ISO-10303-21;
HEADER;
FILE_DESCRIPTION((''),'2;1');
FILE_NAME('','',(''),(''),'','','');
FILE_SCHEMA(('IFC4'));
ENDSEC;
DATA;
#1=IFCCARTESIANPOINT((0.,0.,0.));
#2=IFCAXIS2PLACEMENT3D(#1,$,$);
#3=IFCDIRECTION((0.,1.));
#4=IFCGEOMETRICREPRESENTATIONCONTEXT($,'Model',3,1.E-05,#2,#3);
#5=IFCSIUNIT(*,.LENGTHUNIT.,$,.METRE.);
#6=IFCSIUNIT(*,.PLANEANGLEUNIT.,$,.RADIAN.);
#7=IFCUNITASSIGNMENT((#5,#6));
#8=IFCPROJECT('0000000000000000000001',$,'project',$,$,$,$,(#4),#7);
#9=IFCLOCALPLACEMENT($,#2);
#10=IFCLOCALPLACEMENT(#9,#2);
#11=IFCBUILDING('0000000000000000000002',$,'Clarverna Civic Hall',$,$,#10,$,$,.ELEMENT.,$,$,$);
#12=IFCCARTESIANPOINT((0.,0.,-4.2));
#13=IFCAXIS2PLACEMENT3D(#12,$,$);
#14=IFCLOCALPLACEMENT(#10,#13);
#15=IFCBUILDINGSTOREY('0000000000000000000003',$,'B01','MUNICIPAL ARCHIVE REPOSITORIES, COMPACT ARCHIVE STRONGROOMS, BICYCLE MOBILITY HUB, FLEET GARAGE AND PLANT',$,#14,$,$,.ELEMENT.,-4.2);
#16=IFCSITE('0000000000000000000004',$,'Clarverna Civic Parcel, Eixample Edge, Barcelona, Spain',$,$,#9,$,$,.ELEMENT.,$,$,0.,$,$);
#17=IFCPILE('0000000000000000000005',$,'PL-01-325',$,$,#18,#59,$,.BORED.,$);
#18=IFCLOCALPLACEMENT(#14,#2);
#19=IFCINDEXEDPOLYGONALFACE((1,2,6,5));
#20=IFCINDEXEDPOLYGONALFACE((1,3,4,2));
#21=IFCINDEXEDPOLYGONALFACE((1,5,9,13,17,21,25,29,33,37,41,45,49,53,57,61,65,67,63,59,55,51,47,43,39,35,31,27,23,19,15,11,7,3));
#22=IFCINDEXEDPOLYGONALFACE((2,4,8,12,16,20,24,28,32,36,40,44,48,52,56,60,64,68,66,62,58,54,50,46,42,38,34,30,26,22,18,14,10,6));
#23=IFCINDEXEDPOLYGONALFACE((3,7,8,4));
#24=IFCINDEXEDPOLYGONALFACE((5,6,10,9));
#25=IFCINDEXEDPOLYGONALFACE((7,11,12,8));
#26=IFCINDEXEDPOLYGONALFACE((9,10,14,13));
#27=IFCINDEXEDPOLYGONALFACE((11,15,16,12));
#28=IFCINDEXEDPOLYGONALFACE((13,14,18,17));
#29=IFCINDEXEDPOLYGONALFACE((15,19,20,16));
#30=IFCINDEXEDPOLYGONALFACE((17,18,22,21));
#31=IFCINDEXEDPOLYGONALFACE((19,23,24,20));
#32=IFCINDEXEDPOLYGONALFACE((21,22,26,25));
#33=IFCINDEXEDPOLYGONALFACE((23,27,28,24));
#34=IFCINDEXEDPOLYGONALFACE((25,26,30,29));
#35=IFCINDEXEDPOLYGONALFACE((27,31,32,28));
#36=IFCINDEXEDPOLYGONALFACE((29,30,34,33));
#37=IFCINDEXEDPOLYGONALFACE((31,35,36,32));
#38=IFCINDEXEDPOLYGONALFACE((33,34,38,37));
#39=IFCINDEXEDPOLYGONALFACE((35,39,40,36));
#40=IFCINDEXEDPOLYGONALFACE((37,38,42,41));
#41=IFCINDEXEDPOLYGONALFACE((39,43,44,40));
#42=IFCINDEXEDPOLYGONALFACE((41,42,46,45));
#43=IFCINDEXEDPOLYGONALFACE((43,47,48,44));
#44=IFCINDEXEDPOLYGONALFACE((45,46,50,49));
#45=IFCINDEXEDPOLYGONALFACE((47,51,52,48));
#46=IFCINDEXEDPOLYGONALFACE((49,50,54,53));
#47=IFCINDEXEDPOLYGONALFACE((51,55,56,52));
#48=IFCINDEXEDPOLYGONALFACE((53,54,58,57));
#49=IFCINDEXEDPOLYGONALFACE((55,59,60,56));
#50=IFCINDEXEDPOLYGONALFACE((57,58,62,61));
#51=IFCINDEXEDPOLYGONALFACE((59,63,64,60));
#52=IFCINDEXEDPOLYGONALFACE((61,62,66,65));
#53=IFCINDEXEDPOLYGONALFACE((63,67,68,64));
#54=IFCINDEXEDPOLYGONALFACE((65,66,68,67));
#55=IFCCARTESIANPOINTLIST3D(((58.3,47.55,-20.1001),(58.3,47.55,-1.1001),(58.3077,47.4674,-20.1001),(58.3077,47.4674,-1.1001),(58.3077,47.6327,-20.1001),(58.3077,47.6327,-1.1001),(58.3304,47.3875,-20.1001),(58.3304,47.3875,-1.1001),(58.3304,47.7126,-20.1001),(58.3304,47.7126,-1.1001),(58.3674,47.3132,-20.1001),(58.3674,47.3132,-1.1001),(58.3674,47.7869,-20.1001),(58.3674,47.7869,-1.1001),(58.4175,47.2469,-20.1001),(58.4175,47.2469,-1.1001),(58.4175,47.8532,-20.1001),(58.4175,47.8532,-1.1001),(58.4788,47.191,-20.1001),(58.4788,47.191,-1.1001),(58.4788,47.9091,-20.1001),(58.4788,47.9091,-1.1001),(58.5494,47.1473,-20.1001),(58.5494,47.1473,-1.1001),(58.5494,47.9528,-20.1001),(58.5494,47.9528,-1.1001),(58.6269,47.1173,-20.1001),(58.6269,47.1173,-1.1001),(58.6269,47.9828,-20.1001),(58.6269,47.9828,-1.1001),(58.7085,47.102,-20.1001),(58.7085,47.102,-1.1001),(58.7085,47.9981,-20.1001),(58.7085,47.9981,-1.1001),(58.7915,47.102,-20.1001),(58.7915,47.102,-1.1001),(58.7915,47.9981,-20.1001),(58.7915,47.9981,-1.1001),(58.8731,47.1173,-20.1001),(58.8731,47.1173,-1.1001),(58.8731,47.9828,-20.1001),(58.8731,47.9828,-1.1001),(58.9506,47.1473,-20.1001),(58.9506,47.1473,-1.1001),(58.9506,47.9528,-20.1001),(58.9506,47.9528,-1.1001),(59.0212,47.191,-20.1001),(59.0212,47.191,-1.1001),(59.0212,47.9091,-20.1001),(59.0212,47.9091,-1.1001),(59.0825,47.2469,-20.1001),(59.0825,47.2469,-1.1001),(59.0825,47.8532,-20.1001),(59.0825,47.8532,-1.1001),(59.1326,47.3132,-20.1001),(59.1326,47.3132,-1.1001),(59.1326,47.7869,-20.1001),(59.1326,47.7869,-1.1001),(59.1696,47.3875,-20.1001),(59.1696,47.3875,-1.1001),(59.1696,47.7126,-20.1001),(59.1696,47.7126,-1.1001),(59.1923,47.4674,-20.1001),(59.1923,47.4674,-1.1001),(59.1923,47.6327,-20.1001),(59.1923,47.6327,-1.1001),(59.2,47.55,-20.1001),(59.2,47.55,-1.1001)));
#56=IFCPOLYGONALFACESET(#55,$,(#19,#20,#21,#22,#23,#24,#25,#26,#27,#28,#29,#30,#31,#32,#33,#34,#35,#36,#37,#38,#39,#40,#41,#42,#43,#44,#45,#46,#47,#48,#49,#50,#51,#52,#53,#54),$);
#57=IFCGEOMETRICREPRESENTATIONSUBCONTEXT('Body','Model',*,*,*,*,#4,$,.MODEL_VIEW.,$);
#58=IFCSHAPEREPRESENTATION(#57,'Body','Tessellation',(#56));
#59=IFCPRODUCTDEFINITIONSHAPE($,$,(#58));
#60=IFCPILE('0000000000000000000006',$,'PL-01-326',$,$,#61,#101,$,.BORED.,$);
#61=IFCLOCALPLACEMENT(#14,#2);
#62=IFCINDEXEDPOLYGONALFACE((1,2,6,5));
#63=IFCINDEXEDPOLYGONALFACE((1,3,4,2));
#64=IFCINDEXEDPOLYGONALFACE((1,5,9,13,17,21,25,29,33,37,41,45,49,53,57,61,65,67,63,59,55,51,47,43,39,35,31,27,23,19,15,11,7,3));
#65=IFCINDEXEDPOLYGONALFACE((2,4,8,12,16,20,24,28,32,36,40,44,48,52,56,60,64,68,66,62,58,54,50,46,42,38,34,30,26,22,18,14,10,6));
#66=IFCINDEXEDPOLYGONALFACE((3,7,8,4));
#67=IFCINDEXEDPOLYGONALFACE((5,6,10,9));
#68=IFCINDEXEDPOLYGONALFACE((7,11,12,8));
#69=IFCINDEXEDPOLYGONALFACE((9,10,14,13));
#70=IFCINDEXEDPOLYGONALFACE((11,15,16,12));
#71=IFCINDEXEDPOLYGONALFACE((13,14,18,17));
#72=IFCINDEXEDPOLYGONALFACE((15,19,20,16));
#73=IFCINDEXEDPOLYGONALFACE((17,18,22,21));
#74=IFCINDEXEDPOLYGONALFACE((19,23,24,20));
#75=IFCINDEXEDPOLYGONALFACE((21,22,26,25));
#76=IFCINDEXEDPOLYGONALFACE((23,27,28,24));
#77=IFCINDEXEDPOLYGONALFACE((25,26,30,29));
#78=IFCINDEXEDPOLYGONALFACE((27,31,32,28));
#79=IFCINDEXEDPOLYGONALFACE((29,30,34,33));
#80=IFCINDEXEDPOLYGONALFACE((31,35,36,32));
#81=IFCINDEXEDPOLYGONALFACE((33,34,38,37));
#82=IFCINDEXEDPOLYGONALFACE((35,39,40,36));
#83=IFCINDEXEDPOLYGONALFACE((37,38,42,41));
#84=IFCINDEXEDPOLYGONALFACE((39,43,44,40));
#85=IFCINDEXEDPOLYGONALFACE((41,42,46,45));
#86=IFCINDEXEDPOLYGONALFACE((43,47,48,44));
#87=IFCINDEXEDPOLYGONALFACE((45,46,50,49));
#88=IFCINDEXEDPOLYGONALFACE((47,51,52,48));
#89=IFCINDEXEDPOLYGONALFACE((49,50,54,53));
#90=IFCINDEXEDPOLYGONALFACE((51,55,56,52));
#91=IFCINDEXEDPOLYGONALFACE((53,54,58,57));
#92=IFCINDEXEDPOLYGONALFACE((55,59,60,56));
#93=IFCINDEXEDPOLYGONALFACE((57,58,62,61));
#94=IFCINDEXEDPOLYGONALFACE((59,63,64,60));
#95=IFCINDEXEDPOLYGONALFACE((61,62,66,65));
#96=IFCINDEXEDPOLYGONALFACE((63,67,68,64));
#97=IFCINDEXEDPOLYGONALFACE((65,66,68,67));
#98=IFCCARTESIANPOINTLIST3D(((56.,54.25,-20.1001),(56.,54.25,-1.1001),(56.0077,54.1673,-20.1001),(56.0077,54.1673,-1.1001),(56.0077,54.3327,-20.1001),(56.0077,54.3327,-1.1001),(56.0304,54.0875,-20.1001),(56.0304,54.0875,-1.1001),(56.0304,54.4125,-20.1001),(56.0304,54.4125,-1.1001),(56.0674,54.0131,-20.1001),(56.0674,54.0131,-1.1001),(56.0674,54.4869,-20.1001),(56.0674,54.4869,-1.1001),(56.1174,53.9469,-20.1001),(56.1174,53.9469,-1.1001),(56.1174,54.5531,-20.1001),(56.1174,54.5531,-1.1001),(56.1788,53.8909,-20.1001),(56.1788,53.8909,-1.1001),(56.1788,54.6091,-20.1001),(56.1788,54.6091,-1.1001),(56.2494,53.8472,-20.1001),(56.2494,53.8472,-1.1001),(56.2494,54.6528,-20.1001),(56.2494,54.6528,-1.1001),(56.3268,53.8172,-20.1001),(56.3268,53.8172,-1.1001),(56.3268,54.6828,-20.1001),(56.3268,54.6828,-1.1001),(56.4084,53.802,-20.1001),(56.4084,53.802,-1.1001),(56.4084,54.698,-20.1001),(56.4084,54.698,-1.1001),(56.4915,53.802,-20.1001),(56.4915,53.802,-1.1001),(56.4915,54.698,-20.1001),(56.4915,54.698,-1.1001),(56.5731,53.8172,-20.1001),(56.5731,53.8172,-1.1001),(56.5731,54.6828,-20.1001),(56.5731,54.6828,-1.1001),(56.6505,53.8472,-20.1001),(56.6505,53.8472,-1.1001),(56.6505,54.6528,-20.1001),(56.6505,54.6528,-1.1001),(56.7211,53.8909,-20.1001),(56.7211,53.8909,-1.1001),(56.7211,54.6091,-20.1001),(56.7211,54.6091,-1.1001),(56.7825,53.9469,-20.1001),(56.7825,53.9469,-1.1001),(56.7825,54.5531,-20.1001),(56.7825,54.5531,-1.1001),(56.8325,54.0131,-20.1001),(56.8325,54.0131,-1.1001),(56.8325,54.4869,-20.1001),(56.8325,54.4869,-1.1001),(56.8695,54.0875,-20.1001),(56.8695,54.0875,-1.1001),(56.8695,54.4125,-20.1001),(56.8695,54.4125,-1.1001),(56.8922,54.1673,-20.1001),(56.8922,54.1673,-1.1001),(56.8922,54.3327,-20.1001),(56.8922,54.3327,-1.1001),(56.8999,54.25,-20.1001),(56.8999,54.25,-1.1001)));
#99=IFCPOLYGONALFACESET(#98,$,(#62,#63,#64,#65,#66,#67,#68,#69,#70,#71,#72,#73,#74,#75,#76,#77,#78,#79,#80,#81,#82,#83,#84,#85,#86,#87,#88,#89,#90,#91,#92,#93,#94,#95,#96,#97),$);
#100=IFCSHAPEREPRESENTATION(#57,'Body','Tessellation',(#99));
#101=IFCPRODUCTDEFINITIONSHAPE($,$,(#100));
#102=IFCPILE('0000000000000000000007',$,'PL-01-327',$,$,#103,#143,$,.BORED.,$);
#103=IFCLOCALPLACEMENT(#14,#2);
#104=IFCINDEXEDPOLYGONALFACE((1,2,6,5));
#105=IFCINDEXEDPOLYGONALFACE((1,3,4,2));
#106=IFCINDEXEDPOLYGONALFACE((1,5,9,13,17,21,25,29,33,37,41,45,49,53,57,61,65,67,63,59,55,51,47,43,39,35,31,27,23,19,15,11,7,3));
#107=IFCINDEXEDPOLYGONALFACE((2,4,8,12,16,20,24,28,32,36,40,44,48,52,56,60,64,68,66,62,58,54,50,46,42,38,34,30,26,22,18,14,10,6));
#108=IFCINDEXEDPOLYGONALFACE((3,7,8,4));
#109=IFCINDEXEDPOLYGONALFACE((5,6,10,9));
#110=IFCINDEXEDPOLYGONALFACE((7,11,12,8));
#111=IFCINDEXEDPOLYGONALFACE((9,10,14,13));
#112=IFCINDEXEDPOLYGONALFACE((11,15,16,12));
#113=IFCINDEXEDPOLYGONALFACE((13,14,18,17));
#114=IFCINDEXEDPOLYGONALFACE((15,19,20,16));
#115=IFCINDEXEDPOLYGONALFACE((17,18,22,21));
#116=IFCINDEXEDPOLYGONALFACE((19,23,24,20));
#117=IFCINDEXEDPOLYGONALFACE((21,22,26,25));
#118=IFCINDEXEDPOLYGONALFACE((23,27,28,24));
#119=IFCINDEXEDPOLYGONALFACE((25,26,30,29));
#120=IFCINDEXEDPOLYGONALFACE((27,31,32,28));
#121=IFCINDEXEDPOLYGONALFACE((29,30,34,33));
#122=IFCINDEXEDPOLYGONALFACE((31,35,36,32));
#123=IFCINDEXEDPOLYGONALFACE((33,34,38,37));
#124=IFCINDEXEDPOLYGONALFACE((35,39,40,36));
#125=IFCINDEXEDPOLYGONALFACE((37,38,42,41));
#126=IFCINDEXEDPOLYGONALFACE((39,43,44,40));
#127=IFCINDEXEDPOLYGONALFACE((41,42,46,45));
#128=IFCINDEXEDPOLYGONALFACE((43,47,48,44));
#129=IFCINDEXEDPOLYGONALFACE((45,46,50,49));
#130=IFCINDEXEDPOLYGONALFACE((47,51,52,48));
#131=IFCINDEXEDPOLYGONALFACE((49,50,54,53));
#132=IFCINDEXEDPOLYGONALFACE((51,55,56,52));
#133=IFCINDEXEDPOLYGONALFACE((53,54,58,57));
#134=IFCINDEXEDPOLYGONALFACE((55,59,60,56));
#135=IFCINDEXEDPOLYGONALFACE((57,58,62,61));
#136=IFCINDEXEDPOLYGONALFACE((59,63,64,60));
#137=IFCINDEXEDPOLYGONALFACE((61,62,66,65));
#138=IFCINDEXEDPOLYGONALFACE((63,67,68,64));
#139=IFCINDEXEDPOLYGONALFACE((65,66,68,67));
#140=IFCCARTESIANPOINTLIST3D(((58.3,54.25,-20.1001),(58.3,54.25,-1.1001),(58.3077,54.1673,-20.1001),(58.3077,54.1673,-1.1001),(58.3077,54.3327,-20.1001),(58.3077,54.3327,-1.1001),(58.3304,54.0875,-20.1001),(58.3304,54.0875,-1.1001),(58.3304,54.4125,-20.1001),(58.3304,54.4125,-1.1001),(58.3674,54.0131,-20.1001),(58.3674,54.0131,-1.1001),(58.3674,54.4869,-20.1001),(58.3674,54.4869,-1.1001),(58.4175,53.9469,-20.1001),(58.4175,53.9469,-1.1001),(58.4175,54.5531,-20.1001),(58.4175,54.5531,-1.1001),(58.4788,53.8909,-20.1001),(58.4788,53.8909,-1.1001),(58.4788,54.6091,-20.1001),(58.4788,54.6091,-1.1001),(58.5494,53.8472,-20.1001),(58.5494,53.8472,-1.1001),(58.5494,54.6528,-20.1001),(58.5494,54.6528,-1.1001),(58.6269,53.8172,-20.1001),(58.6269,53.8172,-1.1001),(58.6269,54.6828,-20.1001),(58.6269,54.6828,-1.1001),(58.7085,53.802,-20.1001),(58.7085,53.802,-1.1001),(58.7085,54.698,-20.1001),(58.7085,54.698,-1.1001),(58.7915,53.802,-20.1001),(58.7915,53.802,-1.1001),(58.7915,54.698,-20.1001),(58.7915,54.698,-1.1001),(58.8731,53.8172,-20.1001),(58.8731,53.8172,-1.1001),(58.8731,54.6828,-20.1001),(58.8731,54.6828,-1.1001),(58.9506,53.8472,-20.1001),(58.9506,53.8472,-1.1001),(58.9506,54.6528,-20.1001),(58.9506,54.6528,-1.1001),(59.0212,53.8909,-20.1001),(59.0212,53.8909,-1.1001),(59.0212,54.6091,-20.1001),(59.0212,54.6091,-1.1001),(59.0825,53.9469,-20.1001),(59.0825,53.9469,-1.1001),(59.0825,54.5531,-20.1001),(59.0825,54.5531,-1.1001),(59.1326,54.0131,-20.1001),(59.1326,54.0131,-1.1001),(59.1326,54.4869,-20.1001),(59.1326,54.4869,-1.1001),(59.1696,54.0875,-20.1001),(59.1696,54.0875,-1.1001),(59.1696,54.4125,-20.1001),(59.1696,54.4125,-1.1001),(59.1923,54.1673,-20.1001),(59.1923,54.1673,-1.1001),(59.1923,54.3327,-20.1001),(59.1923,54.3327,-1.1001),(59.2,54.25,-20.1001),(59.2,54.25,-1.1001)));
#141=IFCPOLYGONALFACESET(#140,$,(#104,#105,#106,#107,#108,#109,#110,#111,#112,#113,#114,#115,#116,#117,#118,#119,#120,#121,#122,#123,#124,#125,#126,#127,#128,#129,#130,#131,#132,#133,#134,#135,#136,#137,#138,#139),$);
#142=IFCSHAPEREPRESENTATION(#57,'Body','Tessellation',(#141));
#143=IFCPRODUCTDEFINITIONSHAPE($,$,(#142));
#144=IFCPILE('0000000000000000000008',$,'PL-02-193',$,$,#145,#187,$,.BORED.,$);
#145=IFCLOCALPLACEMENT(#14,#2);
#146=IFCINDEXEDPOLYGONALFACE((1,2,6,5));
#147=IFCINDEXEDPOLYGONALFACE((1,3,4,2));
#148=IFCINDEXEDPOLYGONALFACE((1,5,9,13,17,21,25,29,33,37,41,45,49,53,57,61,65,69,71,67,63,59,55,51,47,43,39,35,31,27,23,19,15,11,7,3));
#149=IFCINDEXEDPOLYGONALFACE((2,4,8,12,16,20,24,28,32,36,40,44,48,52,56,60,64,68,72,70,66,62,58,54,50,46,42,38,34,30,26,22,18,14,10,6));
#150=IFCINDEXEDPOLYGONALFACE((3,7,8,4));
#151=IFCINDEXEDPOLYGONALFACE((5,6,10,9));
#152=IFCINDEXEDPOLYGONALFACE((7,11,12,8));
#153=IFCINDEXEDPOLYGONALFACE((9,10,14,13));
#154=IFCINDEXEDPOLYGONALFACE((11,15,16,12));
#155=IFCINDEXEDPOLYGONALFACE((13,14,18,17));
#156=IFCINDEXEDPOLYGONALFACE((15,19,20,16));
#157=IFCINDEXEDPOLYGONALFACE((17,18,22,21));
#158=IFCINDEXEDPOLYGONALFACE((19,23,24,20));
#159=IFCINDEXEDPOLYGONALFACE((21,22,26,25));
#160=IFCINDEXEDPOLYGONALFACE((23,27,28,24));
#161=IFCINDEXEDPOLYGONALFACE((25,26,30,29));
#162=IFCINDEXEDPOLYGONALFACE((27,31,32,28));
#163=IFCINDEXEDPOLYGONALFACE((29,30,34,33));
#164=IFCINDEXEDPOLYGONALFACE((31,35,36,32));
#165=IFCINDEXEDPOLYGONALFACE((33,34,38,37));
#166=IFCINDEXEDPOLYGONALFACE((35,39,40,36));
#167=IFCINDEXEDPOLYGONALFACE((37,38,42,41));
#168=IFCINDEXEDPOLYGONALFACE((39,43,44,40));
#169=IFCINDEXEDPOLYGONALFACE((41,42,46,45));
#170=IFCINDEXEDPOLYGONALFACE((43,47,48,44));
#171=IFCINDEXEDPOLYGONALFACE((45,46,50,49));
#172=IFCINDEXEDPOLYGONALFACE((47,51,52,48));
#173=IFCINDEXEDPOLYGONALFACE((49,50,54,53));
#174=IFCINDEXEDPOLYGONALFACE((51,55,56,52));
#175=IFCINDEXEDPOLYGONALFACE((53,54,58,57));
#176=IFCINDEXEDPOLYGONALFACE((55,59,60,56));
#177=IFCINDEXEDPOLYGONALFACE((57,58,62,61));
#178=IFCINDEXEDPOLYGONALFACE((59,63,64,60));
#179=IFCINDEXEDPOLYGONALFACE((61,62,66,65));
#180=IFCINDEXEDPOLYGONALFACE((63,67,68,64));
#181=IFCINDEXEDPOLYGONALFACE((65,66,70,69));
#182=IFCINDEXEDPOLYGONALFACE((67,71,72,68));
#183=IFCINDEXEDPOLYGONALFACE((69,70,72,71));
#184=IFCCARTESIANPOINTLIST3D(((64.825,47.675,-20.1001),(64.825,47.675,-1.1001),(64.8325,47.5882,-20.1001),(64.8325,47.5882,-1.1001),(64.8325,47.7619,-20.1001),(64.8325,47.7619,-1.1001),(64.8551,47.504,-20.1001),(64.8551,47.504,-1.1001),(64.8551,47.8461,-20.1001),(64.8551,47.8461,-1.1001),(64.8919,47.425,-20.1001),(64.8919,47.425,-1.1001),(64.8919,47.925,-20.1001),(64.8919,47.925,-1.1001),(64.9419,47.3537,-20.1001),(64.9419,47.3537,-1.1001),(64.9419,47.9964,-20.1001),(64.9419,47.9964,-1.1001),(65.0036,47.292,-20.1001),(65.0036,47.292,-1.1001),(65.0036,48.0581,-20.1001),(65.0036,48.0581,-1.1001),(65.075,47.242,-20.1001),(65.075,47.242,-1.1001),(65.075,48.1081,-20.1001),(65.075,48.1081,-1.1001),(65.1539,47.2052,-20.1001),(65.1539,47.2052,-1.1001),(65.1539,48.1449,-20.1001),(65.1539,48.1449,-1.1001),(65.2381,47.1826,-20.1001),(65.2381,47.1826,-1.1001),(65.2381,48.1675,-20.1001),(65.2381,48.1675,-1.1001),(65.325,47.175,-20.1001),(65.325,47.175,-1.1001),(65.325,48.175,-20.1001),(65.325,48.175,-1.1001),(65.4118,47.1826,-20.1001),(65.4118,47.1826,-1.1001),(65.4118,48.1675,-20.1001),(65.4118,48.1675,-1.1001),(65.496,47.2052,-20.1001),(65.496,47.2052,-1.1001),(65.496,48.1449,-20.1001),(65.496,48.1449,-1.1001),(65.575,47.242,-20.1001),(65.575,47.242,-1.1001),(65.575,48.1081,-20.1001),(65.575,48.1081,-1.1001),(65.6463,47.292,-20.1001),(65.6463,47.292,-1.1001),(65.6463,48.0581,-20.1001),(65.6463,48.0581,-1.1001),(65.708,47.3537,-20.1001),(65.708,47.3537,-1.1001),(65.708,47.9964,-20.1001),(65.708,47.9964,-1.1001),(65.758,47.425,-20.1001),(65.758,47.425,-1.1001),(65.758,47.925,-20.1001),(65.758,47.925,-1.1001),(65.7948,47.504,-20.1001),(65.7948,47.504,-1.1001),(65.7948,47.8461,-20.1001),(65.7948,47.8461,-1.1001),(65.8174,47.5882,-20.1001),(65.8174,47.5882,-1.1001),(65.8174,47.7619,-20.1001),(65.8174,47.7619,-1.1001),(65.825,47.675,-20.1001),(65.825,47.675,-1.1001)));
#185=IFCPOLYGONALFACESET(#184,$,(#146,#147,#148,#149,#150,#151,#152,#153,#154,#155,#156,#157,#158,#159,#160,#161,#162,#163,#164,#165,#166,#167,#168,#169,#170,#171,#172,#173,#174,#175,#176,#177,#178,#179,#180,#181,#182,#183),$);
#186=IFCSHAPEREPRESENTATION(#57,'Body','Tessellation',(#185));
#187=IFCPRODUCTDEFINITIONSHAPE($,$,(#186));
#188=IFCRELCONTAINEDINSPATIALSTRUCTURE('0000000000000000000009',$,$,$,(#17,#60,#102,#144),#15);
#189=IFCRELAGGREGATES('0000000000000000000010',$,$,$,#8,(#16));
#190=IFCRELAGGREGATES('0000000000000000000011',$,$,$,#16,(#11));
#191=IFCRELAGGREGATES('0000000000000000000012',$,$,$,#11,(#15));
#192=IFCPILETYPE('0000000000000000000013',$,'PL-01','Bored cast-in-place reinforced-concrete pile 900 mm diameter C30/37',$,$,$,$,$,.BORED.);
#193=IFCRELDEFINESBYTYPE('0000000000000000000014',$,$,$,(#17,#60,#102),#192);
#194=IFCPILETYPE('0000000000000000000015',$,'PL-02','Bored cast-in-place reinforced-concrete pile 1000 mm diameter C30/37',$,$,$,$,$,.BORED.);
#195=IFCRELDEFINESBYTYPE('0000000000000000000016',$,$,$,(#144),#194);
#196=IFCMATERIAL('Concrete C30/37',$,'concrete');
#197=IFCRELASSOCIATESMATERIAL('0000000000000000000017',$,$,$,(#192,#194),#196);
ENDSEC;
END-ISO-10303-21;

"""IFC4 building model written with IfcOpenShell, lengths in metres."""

from ifc_helpers import new_model, si_unit, direction, frame, origin, origin_2d, place, context, subcontext, project, spatial, circle, extrude, material, material_profile, profile_set, type_object, element, save


model = new_model("IFC4")

# Units and contexts
model_context = context("Model", 3, precision=1e-05, world=origin(), true_north=direction((0.0, 1.0)))
body_context = subcontext(model_context, "Body", "Model", "MODEL_VIEW")
ifc_project = project(units=[si_unit("LENGTHUNIT", "METRE"), si_unit("PLANEANGLEUNIT", "RADIAN")], contexts=[model_context])

# Site, building, storey
site_placement = place(None, origin())
site = spatial("IfcSite", under=ifc_project, at=site_placement, Name="Clarverna Civic Parcel, Eixample Edge, Barcelona, Spain", CompositionType="ELEMENT", RefElevation=0.0)
building_placement = place(site_placement, origin())
building = spatial("IfcBuilding", under=site, at=building_placement, Name="Clarverna Civic Hall", CompositionType="ELEMENT")
storey_placement = place(building_placement, frame((0.0, 0.0, -4.2)))
storey = spatial("IfcBuildingStorey", under=building, at=storey_placement, Name="B01", Description="MUNICIPAL ARCHIVE REPOSITORIES, COMPACT ARCHIVE STRONGROOMS, BICYCLE MOBILITY HUB, FLEET GARAGE AND PLANT", CompositionType="ELEMENT", Elevation=-4.2)

# Shared definitions
ifc_material_1 = material(Name="Concrete C30/37", Category="concrete")

# Piles
ifc_material_profile_1 = material_profile(ifc_material_1, circle(Radius=0.45, at=origin_2d()), Name="BORED PILE D900")
ifc_profile_set_1 = profile_set([ifc_material_profile_1], Name="Concrete C30/37")
pile_type_1 = type_object("IfcPileType", Name="PL-01", Description="Bored cast-in-place reinforced-concrete pile 900 mm diameter C30/37", PredefinedType="BORED", material=ifc_profile_set_1)
for number, where, z_axis, x_axis, name in (
    (1, (58.75, 47.55, -1.1001), (0.0, 0.0, -1.0), (1.0, 0.0, 0.0), "PL-01-325"),
    (2, (56.45, 54.25, -1.1001), (0.0, 0.0, -1.0), (1.0, 0.0, 0.0), "PL-01-326"),
    (3, (58.75, 54.25, -1.1001), (0.0, 0.0, -1.0), (1.0, 0.0, 0.0), "PL-01-327"),
):
    element("IfcPile", number, at=place(storey_placement, frame(where, z_axis=z_axis, x_axis=x_axis)), inside=storey, type_object=pile_type_1, Name=name, PredefinedType="BORED", context=body_context, shape_type="SweptSolid", body=[
        extrude(circle(Radius=0.45, at=origin_2d()), origin(), (0.0, 0.0, 1.0), 19.0),
    ])
ifc_material_profile_2 = material_profile(ifc_material_1, circle(Radius=0.5, at=origin_2d()), Name="BORED PILE D1000")
ifc_profile_set_2 = profile_set([ifc_material_profile_2], Name="Concrete C30/37")
pile_type_2 = type_object("IfcPileType", Name="PL-02", Description="Bored cast-in-place reinforced-concrete pile 1000 mm diameter C30/37", PredefinedType="BORED", material=ifc_profile_set_2)
for number, where, z_axis, x_axis, name in (
    (4, (65.325, 47.675, -1.1001), (0.0, 0.0, -1.0), (1.0, 0.0, 0.0), "PL-02-193"),
):
    element("IfcPile", number, at=place(storey_placement, frame(where, z_axis=z_axis, x_axis=x_axis)), inside=storey, type_object=pile_type_2, Name=name, PredefinedType="BORED", context=body_context, shape_type="SweptSolid", body=[
        extrude(circle(Radius=0.5, at=origin_2d()), origin(), (0.0, 0.0, 1.0), 19.0),
    ])

save(model, "model.ifc")
